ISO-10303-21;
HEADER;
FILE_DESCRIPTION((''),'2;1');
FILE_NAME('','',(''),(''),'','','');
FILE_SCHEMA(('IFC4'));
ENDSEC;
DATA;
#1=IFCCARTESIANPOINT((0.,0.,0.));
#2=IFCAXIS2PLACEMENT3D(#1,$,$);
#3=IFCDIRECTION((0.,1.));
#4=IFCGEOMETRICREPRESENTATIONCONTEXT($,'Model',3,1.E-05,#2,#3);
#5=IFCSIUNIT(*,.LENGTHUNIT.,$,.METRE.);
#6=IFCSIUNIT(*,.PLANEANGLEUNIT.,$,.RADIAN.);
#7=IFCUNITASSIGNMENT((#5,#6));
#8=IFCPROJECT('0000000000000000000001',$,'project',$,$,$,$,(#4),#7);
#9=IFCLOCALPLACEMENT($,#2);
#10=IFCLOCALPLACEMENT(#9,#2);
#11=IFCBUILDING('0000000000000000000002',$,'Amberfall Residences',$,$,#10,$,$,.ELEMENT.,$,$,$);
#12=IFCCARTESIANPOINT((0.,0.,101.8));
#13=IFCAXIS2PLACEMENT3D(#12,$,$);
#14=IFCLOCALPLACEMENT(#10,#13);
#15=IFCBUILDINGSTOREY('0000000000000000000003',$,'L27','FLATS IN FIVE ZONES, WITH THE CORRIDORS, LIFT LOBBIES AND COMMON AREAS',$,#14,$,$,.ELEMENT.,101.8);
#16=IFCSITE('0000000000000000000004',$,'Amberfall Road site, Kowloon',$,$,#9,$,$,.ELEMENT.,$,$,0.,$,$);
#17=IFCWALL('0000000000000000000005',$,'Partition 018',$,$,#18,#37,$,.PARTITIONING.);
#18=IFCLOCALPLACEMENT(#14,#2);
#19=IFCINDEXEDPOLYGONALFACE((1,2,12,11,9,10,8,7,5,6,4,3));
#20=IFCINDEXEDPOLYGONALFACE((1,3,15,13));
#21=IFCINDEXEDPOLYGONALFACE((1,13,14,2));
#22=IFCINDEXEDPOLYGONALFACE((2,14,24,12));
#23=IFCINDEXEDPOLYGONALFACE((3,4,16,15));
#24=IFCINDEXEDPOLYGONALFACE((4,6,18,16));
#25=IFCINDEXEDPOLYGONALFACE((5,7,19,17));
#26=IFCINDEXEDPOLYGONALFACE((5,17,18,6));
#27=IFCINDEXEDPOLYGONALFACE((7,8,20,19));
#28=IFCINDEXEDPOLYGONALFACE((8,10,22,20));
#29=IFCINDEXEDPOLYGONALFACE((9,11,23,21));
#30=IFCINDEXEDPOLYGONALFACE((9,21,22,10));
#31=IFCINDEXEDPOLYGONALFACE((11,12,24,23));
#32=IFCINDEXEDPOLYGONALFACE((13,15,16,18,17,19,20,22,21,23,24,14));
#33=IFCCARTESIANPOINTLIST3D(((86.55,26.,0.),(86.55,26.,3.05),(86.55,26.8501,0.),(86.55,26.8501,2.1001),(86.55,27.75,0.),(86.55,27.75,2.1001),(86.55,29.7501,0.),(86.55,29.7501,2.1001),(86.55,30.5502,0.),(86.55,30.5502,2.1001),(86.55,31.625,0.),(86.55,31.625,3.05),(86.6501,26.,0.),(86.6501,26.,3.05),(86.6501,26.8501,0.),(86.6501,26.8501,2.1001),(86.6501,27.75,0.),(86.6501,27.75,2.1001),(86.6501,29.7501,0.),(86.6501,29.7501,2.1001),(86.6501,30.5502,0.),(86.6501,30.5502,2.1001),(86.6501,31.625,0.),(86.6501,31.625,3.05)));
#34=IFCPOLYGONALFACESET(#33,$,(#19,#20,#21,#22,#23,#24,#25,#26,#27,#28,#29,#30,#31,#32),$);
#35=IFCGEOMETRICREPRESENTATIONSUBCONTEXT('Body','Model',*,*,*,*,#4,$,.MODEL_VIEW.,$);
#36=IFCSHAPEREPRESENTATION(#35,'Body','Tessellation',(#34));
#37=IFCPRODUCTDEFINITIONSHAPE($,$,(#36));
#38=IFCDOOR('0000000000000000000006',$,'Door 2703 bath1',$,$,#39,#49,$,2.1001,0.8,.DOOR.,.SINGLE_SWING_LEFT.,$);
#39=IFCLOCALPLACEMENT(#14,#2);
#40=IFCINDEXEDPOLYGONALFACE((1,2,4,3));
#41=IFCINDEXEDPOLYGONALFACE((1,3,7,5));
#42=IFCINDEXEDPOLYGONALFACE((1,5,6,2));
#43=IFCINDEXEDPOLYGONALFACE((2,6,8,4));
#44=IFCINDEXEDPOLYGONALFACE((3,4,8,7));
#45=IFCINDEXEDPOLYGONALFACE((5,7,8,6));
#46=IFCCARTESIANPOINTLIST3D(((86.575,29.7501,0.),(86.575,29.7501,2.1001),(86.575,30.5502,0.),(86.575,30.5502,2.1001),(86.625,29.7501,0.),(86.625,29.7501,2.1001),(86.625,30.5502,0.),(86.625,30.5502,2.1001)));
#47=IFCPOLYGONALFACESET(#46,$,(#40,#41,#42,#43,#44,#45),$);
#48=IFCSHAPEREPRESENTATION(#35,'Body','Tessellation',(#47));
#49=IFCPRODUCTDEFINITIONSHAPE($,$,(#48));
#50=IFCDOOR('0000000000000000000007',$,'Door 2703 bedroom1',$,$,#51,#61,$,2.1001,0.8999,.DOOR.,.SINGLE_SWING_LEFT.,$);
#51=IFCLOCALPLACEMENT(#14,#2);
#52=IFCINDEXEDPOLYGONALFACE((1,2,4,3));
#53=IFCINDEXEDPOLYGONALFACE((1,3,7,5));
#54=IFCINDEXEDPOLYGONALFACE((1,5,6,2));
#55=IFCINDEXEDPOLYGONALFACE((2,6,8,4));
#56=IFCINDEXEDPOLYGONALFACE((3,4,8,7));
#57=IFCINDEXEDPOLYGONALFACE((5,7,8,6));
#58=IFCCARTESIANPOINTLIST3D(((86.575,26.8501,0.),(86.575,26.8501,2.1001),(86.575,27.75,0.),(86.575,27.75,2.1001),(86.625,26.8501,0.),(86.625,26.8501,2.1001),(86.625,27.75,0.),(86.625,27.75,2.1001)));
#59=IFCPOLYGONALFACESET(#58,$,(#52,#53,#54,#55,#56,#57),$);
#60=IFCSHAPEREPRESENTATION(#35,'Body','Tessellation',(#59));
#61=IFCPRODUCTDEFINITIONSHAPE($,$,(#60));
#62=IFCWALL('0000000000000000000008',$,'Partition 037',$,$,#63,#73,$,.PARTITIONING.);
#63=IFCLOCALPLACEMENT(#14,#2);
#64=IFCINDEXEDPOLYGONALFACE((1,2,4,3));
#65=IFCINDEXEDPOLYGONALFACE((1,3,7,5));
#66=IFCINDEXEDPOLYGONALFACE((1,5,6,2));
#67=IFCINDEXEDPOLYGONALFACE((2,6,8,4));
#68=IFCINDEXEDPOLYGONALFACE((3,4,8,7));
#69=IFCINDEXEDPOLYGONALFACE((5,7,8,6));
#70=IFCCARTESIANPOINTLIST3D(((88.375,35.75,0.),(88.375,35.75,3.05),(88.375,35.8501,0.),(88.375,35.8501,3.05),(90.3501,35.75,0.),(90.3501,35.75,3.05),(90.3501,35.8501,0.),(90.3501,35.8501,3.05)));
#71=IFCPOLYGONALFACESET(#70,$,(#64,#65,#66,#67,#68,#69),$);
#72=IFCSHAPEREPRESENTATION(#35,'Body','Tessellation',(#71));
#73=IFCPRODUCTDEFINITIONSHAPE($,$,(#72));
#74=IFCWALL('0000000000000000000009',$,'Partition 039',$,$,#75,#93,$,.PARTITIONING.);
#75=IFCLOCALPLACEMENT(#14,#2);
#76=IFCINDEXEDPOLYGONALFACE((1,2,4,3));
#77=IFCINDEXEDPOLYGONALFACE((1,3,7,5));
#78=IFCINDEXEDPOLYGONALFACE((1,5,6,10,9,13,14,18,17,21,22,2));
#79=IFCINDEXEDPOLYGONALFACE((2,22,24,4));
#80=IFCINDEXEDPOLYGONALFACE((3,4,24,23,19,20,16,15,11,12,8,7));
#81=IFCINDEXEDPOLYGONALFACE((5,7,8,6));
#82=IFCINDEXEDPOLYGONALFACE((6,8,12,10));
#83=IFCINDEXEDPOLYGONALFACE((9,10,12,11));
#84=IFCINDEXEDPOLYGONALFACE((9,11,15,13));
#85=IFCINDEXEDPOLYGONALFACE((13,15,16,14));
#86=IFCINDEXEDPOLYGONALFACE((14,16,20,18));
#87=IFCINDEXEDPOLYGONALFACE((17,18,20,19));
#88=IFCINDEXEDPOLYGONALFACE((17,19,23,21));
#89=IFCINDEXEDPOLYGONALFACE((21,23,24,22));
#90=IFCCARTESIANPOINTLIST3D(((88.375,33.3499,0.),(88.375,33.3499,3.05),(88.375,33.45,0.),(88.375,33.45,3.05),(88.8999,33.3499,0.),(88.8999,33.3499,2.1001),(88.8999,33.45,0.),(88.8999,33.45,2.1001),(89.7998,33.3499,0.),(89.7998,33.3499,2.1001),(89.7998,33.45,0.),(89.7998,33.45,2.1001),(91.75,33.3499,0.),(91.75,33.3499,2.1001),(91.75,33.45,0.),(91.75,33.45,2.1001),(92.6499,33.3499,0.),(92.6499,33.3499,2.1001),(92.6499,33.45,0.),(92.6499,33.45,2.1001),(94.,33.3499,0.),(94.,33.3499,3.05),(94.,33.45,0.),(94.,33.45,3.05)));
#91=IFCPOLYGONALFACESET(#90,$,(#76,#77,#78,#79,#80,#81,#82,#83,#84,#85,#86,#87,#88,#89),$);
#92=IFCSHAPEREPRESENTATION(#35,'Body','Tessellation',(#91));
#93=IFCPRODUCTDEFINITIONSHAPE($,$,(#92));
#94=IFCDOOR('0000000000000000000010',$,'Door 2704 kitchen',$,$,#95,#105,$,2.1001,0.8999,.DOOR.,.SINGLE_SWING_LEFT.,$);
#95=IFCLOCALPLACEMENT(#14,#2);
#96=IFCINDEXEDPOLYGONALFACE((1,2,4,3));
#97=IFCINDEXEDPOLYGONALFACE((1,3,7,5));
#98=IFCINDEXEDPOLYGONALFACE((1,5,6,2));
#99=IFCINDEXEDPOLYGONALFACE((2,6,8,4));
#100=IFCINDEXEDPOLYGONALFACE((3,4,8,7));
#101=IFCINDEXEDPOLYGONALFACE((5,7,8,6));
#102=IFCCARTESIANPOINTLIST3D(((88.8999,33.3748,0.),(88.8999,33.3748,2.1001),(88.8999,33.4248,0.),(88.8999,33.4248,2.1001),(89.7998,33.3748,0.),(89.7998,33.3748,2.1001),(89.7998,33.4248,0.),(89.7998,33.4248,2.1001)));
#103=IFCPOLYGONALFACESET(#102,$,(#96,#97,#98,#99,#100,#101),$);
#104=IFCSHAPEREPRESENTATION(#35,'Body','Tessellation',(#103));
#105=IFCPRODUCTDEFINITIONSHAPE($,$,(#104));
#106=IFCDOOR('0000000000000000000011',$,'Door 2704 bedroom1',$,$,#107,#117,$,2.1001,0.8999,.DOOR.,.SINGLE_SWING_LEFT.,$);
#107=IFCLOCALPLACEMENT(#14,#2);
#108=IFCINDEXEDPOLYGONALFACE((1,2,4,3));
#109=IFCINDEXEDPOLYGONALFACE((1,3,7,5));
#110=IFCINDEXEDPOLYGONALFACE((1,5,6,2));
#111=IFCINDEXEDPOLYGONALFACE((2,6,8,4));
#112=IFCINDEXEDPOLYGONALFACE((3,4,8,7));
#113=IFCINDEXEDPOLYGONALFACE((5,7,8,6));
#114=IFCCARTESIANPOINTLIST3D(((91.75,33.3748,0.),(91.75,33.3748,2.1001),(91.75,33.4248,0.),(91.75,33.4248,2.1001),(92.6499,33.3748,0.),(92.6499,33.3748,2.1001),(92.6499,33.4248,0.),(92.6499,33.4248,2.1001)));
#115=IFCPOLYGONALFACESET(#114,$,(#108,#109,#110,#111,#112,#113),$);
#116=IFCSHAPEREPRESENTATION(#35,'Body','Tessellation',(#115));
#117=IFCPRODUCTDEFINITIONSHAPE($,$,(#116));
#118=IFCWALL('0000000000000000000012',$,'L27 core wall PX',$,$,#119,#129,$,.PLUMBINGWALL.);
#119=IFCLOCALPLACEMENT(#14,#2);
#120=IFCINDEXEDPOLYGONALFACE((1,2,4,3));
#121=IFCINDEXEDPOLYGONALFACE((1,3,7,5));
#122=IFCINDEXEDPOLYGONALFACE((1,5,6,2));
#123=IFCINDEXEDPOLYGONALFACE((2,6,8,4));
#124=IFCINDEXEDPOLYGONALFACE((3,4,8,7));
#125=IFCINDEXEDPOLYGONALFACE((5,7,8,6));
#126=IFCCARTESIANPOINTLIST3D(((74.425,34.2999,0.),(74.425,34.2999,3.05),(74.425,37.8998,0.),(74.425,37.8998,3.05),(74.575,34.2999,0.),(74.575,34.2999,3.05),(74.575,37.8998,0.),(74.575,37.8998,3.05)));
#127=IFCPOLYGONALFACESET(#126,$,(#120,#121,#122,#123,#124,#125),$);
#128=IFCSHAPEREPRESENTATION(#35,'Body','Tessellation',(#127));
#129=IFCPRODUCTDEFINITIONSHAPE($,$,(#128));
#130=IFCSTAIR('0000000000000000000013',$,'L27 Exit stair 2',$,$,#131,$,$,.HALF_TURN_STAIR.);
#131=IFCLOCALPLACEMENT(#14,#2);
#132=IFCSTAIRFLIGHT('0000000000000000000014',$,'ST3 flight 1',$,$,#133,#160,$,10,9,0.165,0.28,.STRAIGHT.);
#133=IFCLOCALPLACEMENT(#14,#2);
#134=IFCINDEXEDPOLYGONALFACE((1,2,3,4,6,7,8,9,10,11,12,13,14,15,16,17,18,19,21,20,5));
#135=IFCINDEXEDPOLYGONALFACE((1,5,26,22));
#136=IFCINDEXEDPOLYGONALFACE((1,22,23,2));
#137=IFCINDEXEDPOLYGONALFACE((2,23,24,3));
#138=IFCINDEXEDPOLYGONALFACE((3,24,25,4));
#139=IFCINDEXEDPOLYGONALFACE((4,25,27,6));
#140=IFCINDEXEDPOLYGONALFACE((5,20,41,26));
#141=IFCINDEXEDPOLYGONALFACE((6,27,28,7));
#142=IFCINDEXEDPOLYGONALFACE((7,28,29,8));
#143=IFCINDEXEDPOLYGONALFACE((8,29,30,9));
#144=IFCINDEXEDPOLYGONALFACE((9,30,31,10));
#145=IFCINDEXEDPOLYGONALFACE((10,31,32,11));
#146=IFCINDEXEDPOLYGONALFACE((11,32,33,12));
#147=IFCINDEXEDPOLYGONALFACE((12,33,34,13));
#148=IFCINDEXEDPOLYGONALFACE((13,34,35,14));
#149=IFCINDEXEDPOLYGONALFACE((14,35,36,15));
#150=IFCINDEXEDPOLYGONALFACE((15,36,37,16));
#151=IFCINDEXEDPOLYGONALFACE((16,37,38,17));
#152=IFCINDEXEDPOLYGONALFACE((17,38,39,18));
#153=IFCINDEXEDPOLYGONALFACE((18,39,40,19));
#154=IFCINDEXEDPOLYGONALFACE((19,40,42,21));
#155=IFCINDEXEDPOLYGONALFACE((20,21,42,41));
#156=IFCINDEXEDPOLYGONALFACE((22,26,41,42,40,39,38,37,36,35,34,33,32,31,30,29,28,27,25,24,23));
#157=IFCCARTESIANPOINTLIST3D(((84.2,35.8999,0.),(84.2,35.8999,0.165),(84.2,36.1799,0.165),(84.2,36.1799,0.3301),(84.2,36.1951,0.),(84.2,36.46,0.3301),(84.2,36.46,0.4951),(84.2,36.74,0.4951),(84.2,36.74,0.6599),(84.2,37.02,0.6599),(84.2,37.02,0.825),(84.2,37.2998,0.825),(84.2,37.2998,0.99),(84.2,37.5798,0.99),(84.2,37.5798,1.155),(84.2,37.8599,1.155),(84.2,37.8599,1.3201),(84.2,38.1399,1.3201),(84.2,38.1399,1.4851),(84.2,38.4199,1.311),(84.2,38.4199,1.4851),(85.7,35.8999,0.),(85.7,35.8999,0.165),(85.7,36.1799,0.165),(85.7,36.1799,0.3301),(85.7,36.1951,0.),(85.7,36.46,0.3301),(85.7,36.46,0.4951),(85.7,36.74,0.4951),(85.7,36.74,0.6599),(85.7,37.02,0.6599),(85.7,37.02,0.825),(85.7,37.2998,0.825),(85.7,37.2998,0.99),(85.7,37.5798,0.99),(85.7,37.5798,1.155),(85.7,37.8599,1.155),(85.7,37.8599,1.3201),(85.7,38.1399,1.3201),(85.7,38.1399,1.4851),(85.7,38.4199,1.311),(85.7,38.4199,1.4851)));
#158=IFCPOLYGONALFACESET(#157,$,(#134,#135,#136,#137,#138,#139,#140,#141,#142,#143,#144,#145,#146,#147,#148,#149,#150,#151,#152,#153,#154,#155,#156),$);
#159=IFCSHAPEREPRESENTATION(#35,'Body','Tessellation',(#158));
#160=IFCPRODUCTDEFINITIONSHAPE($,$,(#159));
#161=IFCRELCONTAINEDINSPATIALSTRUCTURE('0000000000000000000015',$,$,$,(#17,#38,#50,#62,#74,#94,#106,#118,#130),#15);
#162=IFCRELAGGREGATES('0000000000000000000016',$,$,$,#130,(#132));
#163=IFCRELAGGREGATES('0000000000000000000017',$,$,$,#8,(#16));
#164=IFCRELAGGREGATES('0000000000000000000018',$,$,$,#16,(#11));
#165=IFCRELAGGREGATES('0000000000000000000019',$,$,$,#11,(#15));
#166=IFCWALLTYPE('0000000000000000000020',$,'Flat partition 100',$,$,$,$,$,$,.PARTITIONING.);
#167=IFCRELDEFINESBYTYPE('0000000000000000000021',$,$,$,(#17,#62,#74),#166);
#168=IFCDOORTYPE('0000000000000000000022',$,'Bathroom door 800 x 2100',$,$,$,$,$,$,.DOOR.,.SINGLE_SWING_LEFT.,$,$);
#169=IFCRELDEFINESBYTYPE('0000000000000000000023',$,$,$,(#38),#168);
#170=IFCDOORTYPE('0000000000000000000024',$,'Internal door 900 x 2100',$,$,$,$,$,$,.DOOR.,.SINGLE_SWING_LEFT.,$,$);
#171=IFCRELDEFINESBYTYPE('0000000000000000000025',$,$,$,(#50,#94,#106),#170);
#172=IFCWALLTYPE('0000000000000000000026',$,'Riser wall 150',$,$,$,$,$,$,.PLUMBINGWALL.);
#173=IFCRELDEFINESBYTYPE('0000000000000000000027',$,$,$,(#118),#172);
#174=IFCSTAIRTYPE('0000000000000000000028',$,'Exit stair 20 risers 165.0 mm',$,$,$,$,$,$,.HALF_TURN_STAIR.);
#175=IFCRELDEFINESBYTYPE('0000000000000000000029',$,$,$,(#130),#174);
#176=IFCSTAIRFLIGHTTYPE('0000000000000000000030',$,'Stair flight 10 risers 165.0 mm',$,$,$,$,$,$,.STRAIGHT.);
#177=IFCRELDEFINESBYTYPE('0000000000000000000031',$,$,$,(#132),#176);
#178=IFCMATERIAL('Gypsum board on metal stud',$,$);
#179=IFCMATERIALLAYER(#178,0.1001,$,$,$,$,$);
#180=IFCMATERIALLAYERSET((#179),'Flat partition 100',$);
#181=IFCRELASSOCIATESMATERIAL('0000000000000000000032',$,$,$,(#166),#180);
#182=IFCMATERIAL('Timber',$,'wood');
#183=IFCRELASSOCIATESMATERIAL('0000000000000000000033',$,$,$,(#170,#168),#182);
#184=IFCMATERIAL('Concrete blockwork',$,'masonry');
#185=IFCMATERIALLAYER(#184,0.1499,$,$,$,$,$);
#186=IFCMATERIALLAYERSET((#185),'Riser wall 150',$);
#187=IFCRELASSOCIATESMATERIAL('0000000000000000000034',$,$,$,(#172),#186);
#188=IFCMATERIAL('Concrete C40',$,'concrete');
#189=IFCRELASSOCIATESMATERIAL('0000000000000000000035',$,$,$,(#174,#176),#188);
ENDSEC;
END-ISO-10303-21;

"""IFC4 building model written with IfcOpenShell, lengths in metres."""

from ifc_helpers import new_model, si_unit, direction, frame, frame_2d, origin, place, context, subcontext, project, spatial, polyline, rectangle, outline, extrude, material, layer, layer_set, type_object, element, fill, aggregate, save


model = new_model("IFC4")

# Units and contexts
model_context = context("Model", 3, precision=1e-05, world=origin(), true_north=direction((0.0, 1.0)))
body_context = subcontext(model_context, "Body", "Model", "MODEL_VIEW")
ifc_project = project(units=[si_unit("LENGTHUNIT", "METRE"), si_unit("PLANEANGLEUNIT", "RADIAN")], contexts=[model_context])

# Site, building, storey
site_placement = place(None, origin())
site = spatial("IfcSite", under=ifc_project, at=site_placement, Name="Amberfall Road site, Kowloon", CompositionType="ELEMENT", RefElevation=0.0)
building_placement = place(site_placement, origin())
building = spatial("IfcBuilding", under=site, at=building_placement, Name="Amberfall Residences", CompositionType="ELEMENT")
storey_placement = place(building_placement, frame((0.0, 0.0, 101.8)))
storey = spatial("IfcBuildingStorey", under=building, at=storey_placement, Name="L27", Description="FLATS IN FIVE ZONES, WITH THE CORRIDORS, LIFT LOBBIES AND COMMON AREAS", CompositionType="ELEMENT", Elevation=101.8)

# Shared definitions
ifc_material_1 = material(Name="Gypsum board on metal stud")
ifc_layer_1 = layer(ifc_material_1, 0.1001)
ifc_layer_set_1 = layer_set([ifc_layer_1], Name="Flat partition 100")
wall_type_1 = type_object("IfcWallType", Name="Flat partition 100", PredefinedType="PARTITIONING", material=ifc_layer_set_1)
ifc_material_2 = material(Name="Timber", Category="wood")
door_type_1 = type_object("IfcDoorType", Name="Internal door 900 x 2100", OperationType="SINGLE_SWING_LEFT", PredefinedType="DOOR", material=ifc_material_2)

# Wall, openings, doors
wall_1_placement = place(storey_placement, frame((86.6001, 31.625, 0.0), z_axis=(0.0, 0.0, 1.0), x_axis=(0.0, -1.0, 0.0)))
wall_1 = element("IfcWall", 1, at=wall_1_placement, inside=storey, type_object=wall_type_1, Name="Partition 018", PredefinedType="PARTITIONING", context=body_context, shape_type="SweptSolid", body=[
    extrude(rectangle(XDim=5.625, YDim=0.1001, at=frame_2d((2.8125, 0.0))), origin(), (0.0, 0.0, 1.0), 3.05),
])
opening_1_placement = place(wall_1_placement, frame((3.875, 0.0, 0.0)))
opening_1 = element("IfcOpeningElement", 2, at=opening_1_placement, cuts=wall_1, PredefinedType="OPENING", context=body_context, shape_type="SweptSolid", body=[
    extrude(rectangle(XDim=0.8999, YDim=2.1001, at=frame_2d((0.45, 1.05))), frame((0.0, 0.0601, 0.0), z_axis=(0.0, -1.0, 0.0), x_axis=(1.0, 0.0, 0.0)), (0.0, 0.0, 1.0), 0.1201),
])
opening_2_placement = place(wall_1_placement, frame((1.075, 0.0, 0.0)))
opening_2 = element("IfcOpeningElement", 3, at=opening_2_placement, cuts=wall_1, PredefinedType="OPENING", context=body_context, shape_type="SweptSolid", body=[
    extrude(rectangle(XDim=0.8, YDim=2.1001, at=frame_2d((0.3999, 1.05))), frame((0.0, 0.0601, 0.0), z_axis=(0.0, -1.0, 0.0), x_axis=(1.0, 0.0, 0.0)), (0.0, 0.0, 1.0), 0.1201),
])
door_type_2 = type_object("IfcDoorType", Name="Bathroom door 800 x 2100", OperationType="SINGLE_SWING_LEFT", PredefinedType="DOOR", material=ifc_material_2)
door_1_placement = place(opening_2_placement, origin())
door_1 = element("IfcDoor", 4, at=door_1_placement, inside=storey, type_object=door_type_2, Name="Door 2703 bath1", OperationType="SINGLE_SWING_LEFT", OverallHeight=2.1001, OverallWidth=0.8, PredefinedType="DOOR", context=body_context, shape_type="SweptSolid", body=[
    extrude(rectangle(XDim=0.8, YDim=2.1001, at=frame_2d((0.3999, 1.05))), frame((0.0, 0.0249, 0.0), z_axis=(0.0, -1.0, 0.0), x_axis=(1.0, 0.0, 0.0)), (0.0, 0.0, 1.0), 0.05),
])
fill(opening_2, door_1)
door_2_placement = place(opening_1_placement, origin())
door_2 = element("IfcDoor", 5, at=door_2_placement, inside=storey, type_object=door_type_1, Name="Door 2703 bedroom1", OperationType="SINGLE_SWING_LEFT", OverallHeight=2.1001, OverallWidth=0.8999, PredefinedType="DOOR", context=body_context, shape_type="SweptSolid", body=[
    extrude(rectangle(XDim=0.8999, YDim=2.1001, at=frame_2d((0.45, 1.05))), frame((0.0, 0.0249, 0.0), z_axis=(0.0, -1.0, 0.0), x_axis=(1.0, 0.0, 0.0)), (0.0, 0.0, 1.0), 0.05),
])
fill(opening_1, door_2)

# Wall
wall_2_placement = place(storey_placement, frame((88.375, 35.8, 0.0), z_axis=(0.0, 0.0, 1.0), x_axis=(1.0, 0.0, 0.0)))
element("IfcWall", 6, at=wall_2_placement, inside=storey, type_object=wall_type_1, Name="Partition 037", PredefinedType="PARTITIONING", context=body_context, shape_type="SweptSolid", body=[
    extrude(rectangle(XDim=1.9751, YDim=0.1001, at=frame_2d((0.9875, 0.0))), origin(), (0.0, 0.0, 1.0), 3.05),
])

# Wall, openings, doors
wall_3_placement = place(storey_placement, frame((88.375, 33.3999, 0.0), z_axis=(0.0, 0.0, 1.0), x_axis=(1.0, 0.0, 0.0)))
wall_3 = element("IfcWall", 7, at=wall_3_placement, inside=storey, type_object=wall_type_1, Name="Partition 039", PredefinedType="PARTITIONING", context=body_context, shape_type="SweptSolid", body=[
    extrude(rectangle(XDim=5.625, YDim=0.1001, at=frame_2d((2.8125, 0.0))), origin(), (0.0, 0.0, 1.0), 3.05),
])
opening_3_placement = place(wall_3_placement, frame((0.5249, 0.0, 0.0)))
opening_3 = element("IfcOpeningElement", 8, at=opening_3_placement, cuts=wall_3, PredefinedType="OPENING", context=body_context, shape_type="SweptSolid", body=[
    extrude(rectangle(XDim=0.8999, YDim=2.1001, at=frame_2d((0.45, 1.05))), frame((0.0, 0.0601, 0.0), z_axis=(0.0, -1.0, 0.0), x_axis=(1.0, 0.0, 0.0)), (0.0, 0.0, 1.0), 0.1201),
])
opening_4_placement = place(wall_3_placement, frame((3.375, 0.0, 0.0)))
opening_4 = element("IfcOpeningElement", 9, at=opening_4_placement, cuts=wall_3, PredefinedType="OPENING", context=body_context, shape_type="SweptSolid", body=[
    extrude(rectangle(XDim=0.8999, YDim=2.1001, at=frame_2d((0.45, 1.05))), frame((0.0, 0.0601, 0.0), z_axis=(0.0, -1.0, 0.0), x_axis=(1.0, 0.0, 0.0)), (0.0, 0.0, 1.0), 0.1201),
])
door_3_placement = place(opening_3_placement, origin())
door_3 = element("IfcDoor", 10, at=door_3_placement, inside=storey, type_object=door_type_1, Name="Door 2704 kitchen", OperationType="SINGLE_SWING_LEFT", OverallHeight=2.1001, OverallWidth=0.8999, PredefinedType="DOOR", context=body_context, shape_type="SweptSolid", body=[
    extrude(rectangle(XDim=0.8999, YDim=2.1001, at=frame_2d((0.45, 1.05))), frame((0.0, 0.0249, 0.0), z_axis=(0.0, -1.0, 0.0), x_axis=(1.0, 0.0, 0.0)), (0.0, 0.0, 1.0), 0.05),
])
fill(opening_3, door_3)
door_4_placement = place(opening_4_placement, origin())
door_4 = element("IfcDoor", 11, at=door_4_placement, inside=storey, type_object=door_type_1, Name="Door 2704 bedroom1", OperationType="SINGLE_SWING_LEFT", OverallHeight=2.1001, OverallWidth=0.8999, PredefinedType="DOOR", context=body_context, shape_type="SweptSolid", body=[
    extrude(rectangle(XDim=0.8999, YDim=2.1001, at=frame_2d((0.45, 1.05))), frame((0.0, 0.0249, 0.0), z_axis=(0.0, -1.0, 0.0), x_axis=(1.0, 0.0, 0.0)), (0.0, 0.0, 1.0), 0.05),
])
fill(opening_4, door_4)

# Wall
ifc_material_3 = material(Name="Concrete blockwork", Category="masonry")
ifc_layer_2 = layer(ifc_material_3, 0.1499)
ifc_layer_set_2 = layer_set([ifc_layer_2], Name="Riser wall 150")
wall_type_2 = type_object("IfcWallType", Name="Riser wall 150", PredefinedType="PLUMBINGWALL", material=ifc_layer_set_2)
wall_4_placement = place(storey_placement, frame((74.5, 34.3, 0.0), z_axis=(0.0, 0.0, 1.0), x_axis=(0.0, 1.0, 0.0)))
element("IfcWall", 12, at=wall_4_placement, inside=storey, type_object=wall_type_2, Name="L27 core wall PX", PredefinedType="PLUMBINGWALL", context=body_context, shape_type="SweptSolid", body=[
    extrude(rectangle(XDim=3.5999, YDim=0.1499, at=frame_2d((1.7998, 0.0))), origin(), (0.0, 0.0, 1.0), 3.05),
])

# Stair, stair flight
ifc_material_4 = material(Name="Concrete C40", Category="concrete")
stair_type = type_object("IfcStairType", Name="Exit stair 20 risers 165.0 mm", PredefinedType="HALF_TURN_STAIR", material=ifc_material_4)
stair_placement = place(storey_placement, origin())
stair = element("IfcStair", 13, at=stair_placement, inside=storey, type_object=stair_type, Name="L27 Exit stair 2", PredefinedType="HALF_TURN_STAIR")
stair_flight_type = type_object("IfcStairFlightType", Name="Stair flight 10 risers 165.0 mm", PredefinedType="STRAIGHT", material=ifc_material_4)
stair_flight_1_placement = place(storey_placement, frame((84.95, 35.8999, 0.0), z_axis=(0.0, 0.0, 1.0), x_axis=(0.0, 1.0, 0.0)))
stair_flight_1 = element("IfcStairFlight", 14, at=stair_flight_1_placement, type_object=stair_flight_type, Name="ST3 flight 1", NumberOfRisers=10, NumberOfTreads=9, PredefinedType="STRAIGHT", RiserHeight=0.165, TreadLength=0.28, context=body_context, shape_type="SweptSolid", body=[
    extrude(outline(polyline([(0.0, 0.0), (0.0, 0.165), (0.28, 0.165), (0.28, 0.3301), (0.5601, 0.3301), (0.5601, 0.4951), (0.8401, 0.4951), (0.8401, 0.6599), (1.1201, 0.6599), (1.1201, 0.825), (1.3999, 0.825), (1.3999, 0.99), (1.6799, 0.99), (1.6799, 1.155), (1.96, 1.155), (1.96, 1.3201), (2.24, 1.3201), (2.24, 1.4851), (2.52, 1.4851), (2.52, 1.6499), (2.52, 1.311), (0.2952, 0.0), (0.0, 0.0)])), frame((0.0, 0.75, 0.0), z_axis=(0.0, -1.0, 0.0), x_axis=(1.0, 0.0, 0.0)), (0.0, 0.0, 1.0), 1.5),
])
aggregate(stair, [stair_flight_1])

save(model, "model.ifc")
